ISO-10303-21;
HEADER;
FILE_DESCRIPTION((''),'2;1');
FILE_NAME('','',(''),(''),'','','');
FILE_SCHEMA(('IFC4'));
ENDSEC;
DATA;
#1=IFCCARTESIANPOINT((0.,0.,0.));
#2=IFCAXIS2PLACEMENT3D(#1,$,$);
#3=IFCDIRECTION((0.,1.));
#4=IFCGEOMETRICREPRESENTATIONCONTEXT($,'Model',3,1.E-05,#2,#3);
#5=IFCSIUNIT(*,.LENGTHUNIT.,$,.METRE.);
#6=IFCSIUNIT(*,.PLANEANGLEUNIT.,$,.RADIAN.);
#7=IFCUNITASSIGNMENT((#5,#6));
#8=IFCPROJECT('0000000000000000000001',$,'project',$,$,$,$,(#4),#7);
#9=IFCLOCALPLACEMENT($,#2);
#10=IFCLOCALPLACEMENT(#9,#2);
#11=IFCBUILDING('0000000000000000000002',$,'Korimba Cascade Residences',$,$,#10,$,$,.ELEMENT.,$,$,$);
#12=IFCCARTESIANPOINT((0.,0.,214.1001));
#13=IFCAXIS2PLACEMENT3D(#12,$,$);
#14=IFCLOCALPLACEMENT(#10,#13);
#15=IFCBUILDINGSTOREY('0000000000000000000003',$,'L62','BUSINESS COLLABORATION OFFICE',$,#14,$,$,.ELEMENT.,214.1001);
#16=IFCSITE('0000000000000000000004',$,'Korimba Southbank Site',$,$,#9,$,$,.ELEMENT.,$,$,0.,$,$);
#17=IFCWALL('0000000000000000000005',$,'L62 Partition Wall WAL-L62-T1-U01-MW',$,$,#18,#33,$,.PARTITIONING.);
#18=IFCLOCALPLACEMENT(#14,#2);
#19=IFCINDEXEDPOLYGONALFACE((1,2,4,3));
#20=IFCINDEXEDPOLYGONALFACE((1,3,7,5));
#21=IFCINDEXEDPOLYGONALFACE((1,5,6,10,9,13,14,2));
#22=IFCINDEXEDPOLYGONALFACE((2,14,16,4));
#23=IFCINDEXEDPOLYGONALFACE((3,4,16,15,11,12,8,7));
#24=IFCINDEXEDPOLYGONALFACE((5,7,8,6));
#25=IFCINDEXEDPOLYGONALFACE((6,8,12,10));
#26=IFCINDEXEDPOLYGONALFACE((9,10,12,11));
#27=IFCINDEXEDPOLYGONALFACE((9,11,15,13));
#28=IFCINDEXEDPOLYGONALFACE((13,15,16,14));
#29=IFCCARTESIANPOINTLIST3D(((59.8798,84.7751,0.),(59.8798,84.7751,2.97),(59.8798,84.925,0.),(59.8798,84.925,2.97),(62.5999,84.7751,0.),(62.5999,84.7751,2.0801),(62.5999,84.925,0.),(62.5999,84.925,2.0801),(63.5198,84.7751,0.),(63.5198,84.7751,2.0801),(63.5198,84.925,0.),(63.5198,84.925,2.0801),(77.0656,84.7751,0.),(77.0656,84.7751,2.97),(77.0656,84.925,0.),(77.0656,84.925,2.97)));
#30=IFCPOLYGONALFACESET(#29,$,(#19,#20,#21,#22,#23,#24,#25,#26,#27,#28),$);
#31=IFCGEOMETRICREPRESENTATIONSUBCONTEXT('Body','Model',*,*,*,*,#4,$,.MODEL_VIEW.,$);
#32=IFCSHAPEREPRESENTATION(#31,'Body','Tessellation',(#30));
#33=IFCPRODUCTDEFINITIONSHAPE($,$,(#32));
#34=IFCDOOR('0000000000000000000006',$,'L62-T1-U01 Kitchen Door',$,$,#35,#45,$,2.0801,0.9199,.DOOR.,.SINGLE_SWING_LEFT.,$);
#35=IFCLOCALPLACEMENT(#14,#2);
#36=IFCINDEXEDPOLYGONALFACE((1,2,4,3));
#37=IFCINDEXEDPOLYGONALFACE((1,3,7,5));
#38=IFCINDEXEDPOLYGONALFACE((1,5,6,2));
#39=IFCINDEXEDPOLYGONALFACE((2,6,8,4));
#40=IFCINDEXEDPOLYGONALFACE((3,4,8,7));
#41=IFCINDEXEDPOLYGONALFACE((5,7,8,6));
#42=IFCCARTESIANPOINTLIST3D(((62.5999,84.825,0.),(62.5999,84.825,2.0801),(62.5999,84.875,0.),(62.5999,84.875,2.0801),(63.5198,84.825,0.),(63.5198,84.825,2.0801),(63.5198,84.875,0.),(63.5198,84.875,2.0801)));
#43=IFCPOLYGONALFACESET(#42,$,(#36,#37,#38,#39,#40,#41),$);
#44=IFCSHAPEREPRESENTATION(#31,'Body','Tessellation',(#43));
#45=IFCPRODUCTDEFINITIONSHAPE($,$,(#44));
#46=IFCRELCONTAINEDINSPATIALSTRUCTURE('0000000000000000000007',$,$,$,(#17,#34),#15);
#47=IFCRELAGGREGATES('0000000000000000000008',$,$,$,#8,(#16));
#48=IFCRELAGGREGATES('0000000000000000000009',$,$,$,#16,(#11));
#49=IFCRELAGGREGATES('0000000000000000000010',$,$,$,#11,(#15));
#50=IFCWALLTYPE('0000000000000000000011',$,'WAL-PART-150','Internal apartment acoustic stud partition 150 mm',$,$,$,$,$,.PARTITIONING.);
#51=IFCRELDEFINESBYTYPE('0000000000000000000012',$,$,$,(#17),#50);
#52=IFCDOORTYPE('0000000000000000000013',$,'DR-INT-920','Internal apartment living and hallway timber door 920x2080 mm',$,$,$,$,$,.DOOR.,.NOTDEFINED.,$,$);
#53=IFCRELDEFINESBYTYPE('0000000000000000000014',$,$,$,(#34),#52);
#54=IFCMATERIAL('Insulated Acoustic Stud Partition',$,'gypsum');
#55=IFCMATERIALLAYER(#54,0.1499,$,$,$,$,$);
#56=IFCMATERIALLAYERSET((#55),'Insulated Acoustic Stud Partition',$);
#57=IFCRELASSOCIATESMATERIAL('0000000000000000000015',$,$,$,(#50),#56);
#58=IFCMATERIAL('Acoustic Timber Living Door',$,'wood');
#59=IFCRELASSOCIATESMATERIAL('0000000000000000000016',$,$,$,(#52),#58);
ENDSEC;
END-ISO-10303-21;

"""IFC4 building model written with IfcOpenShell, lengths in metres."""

from ifc_helpers import new_model, si_unit, direction, frame, frame_2d, origin, place, context, subcontext, project, spatial, rectangle, extrude, material, layer, layer_set, type_object, element, fill, save


model = new_model("IFC4")

# Units and contexts
model_context = context("Model", 3, precision=1e-05, world=origin(), true_north=direction((0.0, 1.0)))
body_context = subcontext(model_context, "Body", "Model", "MODEL_VIEW")
ifc_project = project(units=[si_unit("LENGTHUNIT", "METRE"), si_unit("PLANEANGLEUNIT", "RADIAN")], contexts=[model_context])

# Site, building, storey
site_placement = place(None, origin())
site = spatial("IfcSite", under=ifc_project, at=site_placement, Name="Korimba Southbank Site", CompositionType="ELEMENT", RefElevation=0.0)
building_placement = place(site_placement, origin())
building = spatial("IfcBuilding", under=site, at=building_placement, Name="Korimba Cascade Residences", CompositionType="ELEMENT")
storey_placement = place(building_placement, frame((0.0, 0.0, 214.1001)))
storey = spatial("IfcBuildingStorey", under=building, at=storey_placement, Name="L62", Description="BUSINESS COLLABORATION OFFICE", CompositionType="ELEMENT", Elevation=214.1001)

# Wall, opening, door
ifc_material_1 = material(Name="Insulated Acoustic Stud Partition", Category="gypsum")
ifc_layer_1 = layer(ifc_material_1, 0.1499)
ifc_layer_set_1 = layer_set([ifc_layer_1], Name="Insulated Acoustic Stud Partition")
wall_type_1 = type_object("IfcWallType", Name="WAL-PART-150", Description="Internal apartment acoustic stud partition 150 mm", PredefinedType="PARTITIONING", material=ifc_layer_set_1)
wall_1_placement = place(storey_placement, frame((59.8799, 84.8501, 0.0), z_axis=(0.0, 0.0, 1.0), x_axis=(1.0, 0.0, 0.0)))
wall_1 = element("IfcWall", 1, at=wall_1_placement, inside=storey, type_object=wall_type_1, Name="L62 Partition Wall WAL-L62-T1-U01-MW", PredefinedType="PARTITIONING", context=body_context, shape_type="SweptSolid", body=[
    extrude(rectangle(XDim=17.1858, YDim=0.1499, at=frame_2d((8.5928, 0.0))), origin(), (0.0, 0.0, 1.0), 2.97),
])
opening_1_placement = place(wall_1_placement, frame((2.72, 0.0, 0.0)))
opening_1 = element("IfcOpeningElement", 2, at=opening_1_placement, cuts=wall_1, PredefinedType="OPENING", context=body_context, shape_type="SweptSolid", body=[
    extrude(rectangle(XDim=0.9199, YDim=2.0801, at=frame_2d((0.46, 1.04))), frame((0.0, 0.085, 0.0), z_axis=(0.0, -1.0, 0.0), x_axis=(1.0, 0.0, 0.0)), (0.0, 0.0, 1.0), 0.1699),
])
ifc_material_2 = material(Name="Acoustic Timber Living Door", Category="wood")
door_type_1 = type_object("IfcDoorType", Name="DR-INT-920", Description="Internal apartment living and hallway timber door 920x2080 mm", OperationType="NOTDEFINED", PredefinedType="DOOR", material=ifc_material_2)
door_1_placement = place(opening_1_placement, origin())
door_1 = element("IfcDoor", 3, at=door_1_placement, inside=storey, type_object=door_type_1, Name="L62-T1-U01 Kitchen Door", OperationType="SINGLE_SWING_LEFT", OverallHeight=2.0801, OverallWidth=0.9199, PredefinedType="DOOR", context=body_context, shape_type="SweptSolid", body=[
    extrude(rectangle(XDim=0.9199, YDim=2.0801, at=frame_2d((0.46, 1.04))), frame((0.0, 0.0249, 0.0), z_axis=(0.0, -1.0, 0.0), x_axis=(1.0, 0.0, 0.0)), (0.0, 0.0, 1.0), 0.05),
])
fill(opening_1, door_1)

save(model, "model.ifc")
